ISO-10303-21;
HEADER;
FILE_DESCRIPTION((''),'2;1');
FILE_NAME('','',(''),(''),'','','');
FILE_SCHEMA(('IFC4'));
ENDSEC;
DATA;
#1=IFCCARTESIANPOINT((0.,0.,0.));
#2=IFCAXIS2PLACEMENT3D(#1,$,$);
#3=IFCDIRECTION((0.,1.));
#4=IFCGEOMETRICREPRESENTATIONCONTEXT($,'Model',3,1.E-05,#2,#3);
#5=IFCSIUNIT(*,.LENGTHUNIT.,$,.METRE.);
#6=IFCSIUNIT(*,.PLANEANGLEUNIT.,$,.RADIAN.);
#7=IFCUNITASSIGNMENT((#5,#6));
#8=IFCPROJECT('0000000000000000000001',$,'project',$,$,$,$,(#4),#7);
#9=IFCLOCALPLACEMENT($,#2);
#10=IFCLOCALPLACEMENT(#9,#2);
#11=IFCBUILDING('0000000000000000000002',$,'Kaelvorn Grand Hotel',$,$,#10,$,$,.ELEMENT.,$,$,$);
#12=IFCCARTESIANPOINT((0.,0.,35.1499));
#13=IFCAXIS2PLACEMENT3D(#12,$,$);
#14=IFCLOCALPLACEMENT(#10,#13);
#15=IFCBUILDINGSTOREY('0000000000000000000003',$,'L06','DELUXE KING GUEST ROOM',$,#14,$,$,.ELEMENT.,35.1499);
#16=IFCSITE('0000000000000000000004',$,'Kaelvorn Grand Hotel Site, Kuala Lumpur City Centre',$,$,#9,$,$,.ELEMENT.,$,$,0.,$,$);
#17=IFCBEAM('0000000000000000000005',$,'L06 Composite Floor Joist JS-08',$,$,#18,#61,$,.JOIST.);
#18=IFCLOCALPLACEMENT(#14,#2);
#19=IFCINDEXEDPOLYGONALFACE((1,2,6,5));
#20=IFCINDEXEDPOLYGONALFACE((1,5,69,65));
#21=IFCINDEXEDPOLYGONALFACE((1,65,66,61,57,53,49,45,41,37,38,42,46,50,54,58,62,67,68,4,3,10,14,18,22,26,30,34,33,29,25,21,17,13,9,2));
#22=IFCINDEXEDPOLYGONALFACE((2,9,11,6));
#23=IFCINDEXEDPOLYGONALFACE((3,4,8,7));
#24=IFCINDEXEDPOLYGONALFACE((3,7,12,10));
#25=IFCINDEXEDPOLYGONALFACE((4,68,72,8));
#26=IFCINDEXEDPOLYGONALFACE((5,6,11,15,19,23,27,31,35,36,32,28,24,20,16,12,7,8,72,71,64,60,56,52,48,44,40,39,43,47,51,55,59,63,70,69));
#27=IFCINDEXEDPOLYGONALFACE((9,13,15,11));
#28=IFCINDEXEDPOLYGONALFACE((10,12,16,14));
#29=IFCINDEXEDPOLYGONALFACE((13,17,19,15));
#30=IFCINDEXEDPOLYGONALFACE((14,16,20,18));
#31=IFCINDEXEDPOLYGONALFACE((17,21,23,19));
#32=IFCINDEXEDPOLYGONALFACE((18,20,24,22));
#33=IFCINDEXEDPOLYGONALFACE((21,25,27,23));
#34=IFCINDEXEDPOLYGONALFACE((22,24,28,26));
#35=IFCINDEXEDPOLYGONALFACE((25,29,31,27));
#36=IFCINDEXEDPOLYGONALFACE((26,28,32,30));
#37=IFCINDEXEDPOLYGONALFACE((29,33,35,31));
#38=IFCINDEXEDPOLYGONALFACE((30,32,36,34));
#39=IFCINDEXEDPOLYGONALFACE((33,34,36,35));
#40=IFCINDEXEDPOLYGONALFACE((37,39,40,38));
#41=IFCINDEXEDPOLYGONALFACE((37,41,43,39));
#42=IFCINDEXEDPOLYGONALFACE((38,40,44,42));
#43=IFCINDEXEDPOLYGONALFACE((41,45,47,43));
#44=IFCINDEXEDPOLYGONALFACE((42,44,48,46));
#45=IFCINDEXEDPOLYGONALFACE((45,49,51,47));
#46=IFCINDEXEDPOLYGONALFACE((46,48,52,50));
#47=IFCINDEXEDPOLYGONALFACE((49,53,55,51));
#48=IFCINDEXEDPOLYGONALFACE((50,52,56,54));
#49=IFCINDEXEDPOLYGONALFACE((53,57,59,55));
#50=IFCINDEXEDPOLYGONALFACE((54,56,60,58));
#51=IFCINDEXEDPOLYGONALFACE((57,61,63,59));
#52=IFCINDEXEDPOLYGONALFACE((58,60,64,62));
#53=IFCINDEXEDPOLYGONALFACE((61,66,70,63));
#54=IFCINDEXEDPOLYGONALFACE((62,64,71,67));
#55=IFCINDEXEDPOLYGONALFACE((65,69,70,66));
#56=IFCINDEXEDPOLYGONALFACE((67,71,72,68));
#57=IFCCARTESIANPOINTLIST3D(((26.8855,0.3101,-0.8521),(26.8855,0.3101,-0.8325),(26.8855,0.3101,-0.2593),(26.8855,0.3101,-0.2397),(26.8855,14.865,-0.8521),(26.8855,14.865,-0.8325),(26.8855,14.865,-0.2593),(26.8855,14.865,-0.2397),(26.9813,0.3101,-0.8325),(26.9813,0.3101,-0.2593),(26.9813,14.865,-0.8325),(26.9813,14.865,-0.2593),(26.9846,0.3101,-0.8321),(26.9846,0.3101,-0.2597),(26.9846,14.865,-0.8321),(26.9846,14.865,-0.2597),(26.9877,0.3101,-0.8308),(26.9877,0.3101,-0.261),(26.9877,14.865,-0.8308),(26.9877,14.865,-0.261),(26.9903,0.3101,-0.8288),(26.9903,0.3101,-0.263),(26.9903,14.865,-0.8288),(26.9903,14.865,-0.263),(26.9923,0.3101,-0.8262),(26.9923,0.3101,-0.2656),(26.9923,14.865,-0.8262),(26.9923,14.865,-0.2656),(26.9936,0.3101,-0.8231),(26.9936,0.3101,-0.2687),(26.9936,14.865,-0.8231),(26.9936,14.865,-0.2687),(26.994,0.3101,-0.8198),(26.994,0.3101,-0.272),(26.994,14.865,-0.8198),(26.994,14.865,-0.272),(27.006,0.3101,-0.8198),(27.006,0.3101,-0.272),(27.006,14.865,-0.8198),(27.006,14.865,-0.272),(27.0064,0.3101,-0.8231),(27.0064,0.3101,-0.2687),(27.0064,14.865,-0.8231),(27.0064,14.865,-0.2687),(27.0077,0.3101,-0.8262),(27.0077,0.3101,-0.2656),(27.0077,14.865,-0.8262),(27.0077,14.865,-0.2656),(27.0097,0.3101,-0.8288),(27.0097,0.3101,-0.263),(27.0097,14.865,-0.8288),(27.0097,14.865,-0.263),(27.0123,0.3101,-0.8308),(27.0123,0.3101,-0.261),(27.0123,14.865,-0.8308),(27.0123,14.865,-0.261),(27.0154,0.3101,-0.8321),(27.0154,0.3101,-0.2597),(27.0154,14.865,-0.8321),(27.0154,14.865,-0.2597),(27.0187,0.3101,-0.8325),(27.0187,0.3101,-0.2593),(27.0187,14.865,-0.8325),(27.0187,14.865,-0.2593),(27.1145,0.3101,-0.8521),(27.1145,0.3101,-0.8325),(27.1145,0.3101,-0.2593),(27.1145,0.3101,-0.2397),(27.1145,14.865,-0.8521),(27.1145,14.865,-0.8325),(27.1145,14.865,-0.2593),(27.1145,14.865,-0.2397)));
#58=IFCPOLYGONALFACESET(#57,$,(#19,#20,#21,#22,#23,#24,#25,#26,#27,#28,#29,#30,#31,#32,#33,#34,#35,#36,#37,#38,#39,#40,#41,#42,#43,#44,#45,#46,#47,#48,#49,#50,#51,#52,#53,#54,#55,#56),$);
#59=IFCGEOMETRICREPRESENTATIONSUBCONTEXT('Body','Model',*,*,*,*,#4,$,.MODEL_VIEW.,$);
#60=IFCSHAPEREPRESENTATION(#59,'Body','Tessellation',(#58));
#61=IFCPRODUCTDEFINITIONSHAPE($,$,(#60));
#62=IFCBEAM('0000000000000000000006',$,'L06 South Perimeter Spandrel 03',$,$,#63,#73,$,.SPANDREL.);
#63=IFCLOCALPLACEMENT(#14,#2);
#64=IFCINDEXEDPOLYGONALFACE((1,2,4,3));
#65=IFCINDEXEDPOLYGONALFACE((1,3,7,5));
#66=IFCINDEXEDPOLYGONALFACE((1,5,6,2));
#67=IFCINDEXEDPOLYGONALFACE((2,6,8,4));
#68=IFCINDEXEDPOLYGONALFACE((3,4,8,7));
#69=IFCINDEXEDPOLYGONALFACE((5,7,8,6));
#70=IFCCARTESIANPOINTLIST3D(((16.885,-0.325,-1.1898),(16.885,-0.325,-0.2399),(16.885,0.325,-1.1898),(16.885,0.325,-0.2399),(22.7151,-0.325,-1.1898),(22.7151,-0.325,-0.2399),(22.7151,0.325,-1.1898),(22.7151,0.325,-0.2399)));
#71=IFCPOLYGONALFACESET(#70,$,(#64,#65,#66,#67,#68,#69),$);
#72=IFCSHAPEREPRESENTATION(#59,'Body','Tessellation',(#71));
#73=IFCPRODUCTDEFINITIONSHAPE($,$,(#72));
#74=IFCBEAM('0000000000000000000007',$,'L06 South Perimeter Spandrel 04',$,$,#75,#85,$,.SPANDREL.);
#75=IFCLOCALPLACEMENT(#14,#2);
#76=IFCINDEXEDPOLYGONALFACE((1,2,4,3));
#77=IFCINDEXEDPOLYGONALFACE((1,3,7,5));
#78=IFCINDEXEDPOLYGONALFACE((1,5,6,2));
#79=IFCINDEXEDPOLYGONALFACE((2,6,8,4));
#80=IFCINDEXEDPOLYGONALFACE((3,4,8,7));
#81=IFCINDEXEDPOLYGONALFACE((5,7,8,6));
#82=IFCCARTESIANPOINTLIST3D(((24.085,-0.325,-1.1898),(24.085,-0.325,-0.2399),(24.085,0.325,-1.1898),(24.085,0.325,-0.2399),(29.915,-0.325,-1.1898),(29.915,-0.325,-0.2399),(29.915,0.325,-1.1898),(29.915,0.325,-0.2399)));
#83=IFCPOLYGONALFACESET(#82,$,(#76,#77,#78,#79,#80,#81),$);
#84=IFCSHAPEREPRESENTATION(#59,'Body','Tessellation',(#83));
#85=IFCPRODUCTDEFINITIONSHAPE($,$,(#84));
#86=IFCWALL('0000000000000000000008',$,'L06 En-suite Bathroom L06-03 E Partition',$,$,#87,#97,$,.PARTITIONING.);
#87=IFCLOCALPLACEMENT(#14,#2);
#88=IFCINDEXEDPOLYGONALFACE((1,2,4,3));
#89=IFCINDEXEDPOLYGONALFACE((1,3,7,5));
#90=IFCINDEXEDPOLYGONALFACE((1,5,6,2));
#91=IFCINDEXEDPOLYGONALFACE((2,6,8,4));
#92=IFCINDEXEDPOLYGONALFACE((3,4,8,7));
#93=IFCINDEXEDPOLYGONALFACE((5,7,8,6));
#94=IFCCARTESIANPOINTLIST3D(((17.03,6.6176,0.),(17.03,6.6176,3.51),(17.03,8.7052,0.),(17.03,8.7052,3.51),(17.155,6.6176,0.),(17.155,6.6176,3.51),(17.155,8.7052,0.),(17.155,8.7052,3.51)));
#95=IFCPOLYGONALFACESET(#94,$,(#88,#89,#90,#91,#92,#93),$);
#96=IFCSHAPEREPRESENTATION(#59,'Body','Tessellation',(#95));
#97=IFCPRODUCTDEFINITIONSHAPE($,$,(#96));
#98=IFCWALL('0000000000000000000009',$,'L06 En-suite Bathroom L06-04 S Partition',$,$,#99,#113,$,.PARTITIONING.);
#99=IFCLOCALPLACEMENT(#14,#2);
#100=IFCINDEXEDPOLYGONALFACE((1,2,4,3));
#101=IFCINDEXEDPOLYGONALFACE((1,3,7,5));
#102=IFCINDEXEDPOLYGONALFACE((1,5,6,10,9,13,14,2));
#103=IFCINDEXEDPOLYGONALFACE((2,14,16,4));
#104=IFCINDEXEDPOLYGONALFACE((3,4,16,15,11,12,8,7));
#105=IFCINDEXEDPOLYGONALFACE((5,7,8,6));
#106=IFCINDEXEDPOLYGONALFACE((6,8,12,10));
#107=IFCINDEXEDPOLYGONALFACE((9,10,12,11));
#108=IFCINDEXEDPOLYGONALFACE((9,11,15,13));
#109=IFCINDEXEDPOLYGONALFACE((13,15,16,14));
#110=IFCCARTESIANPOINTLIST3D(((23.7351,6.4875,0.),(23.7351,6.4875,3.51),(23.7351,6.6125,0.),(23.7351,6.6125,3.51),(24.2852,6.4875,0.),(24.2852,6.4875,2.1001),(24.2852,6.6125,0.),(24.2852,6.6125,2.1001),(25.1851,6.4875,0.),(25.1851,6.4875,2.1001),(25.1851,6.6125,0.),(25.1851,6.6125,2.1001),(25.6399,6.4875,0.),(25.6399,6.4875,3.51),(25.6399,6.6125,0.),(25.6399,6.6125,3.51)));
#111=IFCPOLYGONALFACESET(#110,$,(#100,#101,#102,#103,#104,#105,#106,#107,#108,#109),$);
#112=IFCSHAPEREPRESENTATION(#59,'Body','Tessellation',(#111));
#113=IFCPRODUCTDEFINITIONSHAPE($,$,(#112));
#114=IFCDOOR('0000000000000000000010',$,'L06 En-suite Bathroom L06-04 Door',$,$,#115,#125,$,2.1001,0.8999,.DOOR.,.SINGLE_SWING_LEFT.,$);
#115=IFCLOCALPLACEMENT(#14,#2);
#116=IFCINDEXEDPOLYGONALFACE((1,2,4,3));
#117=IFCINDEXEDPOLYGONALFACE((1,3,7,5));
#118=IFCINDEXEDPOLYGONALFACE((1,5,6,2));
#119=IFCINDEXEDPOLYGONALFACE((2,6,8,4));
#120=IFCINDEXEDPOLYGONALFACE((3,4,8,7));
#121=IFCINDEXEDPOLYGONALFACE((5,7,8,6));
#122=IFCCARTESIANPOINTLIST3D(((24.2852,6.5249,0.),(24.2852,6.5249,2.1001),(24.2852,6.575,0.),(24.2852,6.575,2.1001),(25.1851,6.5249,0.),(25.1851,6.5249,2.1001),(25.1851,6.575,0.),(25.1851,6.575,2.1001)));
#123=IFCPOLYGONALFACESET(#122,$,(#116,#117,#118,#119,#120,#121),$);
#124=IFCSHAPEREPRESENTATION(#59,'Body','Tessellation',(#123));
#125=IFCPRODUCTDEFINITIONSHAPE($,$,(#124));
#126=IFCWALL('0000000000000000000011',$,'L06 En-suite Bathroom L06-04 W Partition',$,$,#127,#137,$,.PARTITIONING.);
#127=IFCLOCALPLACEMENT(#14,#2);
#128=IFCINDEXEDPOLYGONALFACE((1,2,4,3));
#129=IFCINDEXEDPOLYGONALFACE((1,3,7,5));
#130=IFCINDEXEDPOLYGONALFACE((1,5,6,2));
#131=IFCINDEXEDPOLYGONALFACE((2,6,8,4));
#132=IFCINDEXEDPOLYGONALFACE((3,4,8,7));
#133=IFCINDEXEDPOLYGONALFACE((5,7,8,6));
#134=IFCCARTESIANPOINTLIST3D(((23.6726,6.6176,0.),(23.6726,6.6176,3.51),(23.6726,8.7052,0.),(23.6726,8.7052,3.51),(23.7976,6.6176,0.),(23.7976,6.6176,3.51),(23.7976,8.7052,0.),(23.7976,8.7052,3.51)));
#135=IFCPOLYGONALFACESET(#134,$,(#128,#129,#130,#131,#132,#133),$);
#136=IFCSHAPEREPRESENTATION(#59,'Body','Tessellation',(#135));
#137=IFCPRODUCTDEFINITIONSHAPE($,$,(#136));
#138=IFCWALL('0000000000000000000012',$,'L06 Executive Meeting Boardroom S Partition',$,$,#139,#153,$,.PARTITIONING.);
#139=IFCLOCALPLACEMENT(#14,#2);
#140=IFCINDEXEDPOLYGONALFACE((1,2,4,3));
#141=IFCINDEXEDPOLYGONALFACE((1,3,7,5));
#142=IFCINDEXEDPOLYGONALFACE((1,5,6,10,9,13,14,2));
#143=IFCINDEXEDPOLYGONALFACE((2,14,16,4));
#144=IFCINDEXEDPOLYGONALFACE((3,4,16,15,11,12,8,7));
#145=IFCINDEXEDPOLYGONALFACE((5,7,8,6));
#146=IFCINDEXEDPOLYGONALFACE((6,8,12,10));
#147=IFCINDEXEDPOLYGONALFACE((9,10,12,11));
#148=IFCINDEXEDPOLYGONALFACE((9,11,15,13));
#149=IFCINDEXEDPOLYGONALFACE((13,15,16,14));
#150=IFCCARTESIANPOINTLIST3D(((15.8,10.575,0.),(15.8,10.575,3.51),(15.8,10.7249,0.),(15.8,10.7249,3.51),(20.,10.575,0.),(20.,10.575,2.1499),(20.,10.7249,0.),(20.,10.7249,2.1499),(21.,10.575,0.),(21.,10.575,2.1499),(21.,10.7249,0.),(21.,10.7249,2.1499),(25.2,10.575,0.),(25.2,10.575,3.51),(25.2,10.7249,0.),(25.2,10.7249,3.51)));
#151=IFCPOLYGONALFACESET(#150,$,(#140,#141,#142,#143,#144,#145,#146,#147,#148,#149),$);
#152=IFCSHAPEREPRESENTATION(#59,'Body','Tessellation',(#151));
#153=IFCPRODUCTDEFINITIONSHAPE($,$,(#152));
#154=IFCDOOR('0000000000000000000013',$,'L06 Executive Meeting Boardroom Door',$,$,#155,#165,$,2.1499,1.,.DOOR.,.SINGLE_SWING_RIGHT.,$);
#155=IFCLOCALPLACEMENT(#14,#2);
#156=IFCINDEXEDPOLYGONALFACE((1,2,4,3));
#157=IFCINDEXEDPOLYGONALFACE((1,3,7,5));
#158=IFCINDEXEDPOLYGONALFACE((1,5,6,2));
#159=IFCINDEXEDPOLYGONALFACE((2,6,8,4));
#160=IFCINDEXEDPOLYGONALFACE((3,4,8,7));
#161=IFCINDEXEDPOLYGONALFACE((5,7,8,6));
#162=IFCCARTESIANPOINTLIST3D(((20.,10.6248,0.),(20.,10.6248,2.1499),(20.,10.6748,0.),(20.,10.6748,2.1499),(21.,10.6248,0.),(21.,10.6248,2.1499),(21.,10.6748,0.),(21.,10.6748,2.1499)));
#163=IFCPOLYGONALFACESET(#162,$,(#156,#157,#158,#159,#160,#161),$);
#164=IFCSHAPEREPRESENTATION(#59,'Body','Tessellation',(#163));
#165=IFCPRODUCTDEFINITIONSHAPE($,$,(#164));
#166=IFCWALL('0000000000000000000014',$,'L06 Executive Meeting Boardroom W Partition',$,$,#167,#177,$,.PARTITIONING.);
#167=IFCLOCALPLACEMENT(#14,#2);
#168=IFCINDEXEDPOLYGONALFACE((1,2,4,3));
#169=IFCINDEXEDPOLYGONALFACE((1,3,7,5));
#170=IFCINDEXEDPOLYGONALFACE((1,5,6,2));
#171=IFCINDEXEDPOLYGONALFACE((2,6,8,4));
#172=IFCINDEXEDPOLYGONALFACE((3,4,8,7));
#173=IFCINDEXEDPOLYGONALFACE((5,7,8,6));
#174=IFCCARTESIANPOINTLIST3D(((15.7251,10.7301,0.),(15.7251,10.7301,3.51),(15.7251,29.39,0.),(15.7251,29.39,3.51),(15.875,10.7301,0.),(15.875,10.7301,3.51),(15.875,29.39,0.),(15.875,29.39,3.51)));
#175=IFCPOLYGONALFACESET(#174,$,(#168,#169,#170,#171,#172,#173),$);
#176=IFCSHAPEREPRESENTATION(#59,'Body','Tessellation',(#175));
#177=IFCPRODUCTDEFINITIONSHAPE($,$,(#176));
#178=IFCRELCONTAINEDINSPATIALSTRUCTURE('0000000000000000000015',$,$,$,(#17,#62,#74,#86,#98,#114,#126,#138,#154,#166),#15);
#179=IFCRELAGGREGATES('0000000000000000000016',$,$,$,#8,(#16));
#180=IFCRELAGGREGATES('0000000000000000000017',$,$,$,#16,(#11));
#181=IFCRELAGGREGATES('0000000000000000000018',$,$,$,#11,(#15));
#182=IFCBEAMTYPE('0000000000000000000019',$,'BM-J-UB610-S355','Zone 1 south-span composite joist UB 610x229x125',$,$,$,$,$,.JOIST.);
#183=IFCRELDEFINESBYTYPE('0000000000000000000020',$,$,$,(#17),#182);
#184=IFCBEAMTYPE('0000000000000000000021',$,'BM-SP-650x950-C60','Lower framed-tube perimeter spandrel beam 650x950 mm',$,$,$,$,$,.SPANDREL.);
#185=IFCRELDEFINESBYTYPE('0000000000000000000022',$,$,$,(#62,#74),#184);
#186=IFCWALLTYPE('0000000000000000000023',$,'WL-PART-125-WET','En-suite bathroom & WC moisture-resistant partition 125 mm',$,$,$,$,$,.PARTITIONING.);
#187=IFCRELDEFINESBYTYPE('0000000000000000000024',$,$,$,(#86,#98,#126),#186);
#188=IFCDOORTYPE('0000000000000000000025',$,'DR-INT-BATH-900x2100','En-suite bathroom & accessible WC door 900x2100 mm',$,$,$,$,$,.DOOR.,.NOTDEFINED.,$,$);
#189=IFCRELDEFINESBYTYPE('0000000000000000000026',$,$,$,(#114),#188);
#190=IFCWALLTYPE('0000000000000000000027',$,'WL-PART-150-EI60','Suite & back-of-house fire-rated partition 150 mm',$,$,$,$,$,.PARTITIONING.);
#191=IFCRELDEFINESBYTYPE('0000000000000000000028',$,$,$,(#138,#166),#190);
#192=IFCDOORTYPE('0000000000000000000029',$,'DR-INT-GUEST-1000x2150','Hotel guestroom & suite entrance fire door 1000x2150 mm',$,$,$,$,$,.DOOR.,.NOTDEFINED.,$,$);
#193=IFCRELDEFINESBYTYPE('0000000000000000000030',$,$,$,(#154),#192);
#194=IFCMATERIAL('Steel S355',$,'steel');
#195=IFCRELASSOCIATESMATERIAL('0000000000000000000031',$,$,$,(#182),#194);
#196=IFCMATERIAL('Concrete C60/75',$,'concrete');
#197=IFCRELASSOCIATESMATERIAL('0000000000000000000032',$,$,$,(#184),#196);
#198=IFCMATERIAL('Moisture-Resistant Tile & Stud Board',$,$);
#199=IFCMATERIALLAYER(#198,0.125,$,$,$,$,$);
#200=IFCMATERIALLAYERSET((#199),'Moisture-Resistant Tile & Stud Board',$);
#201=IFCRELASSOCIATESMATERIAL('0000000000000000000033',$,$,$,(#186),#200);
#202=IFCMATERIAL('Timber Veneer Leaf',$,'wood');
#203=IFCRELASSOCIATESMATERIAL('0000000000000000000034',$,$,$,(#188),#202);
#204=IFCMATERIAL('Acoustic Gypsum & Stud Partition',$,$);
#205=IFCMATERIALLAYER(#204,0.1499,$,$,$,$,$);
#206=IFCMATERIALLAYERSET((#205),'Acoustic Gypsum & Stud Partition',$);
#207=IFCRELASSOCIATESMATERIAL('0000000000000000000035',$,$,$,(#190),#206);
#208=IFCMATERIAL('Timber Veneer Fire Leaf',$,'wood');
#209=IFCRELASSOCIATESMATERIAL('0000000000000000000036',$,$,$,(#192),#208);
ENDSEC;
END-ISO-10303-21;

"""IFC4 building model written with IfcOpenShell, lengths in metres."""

from ifc_helpers import new_model, si_unit, direction, frame, frame_2d, origin, origin_2d, place, context, subcontext, project, spatial, rectangle, i_section, extrude, material, layer, layer_set, material_profile, profile_set, type_object, element, fill, save


model = new_model("IFC4")

# Units and contexts
model_context = context("Model", 3, precision=1e-05, world=origin(), true_north=direction((0.0, 1.0)))
body_context = subcontext(model_context, "Body", "Model", "MODEL_VIEW")
ifc_project = project(units=[si_unit("LENGTHUNIT", "METRE"), si_unit("PLANEANGLEUNIT", "RADIAN")], contexts=[model_context])

# Site, building, storey
site_placement = place(None, origin())
site = spatial("IfcSite", under=ifc_project, at=site_placement, Name="Kaelvorn Grand Hotel Site, Kuala Lumpur City Centre", CompositionType="ELEMENT", RefElevation=0.0)
building_placement = place(site_placement, origin())
building = spatial("IfcBuilding", under=site, at=building_placement, Name="Kaelvorn Grand Hotel", CompositionType="ELEMENT")
storey_placement = place(building_placement, frame((0.0, 0.0, 35.1499)))
storey = spatial("IfcBuildingStorey", under=building, at=storey_placement, Name="L06", Description="DELUXE KING GUEST ROOM", CompositionType="ELEMENT", Elevation=35.1499)

# Beams
ifc_material_1 = material(Name="Steel S355", Category="steel")
ifc_material_profile_1 = material_profile(ifc_material_1, i_section(OverallWidth=0.229, OverallDepth=0.6123, WebThickness=0.012, FlangeThickness=0.0195, FilletRadius=0.0127, at=origin_2d()), Name="UB 610x229x125")
ifc_profile_set_1 = profile_set([ifc_material_profile_1], Name="Steel S355")
beam_type_1 = type_object("IfcBeamType", Name="BM-J-UB610-S355", Description="Zone 1 south-span composite joist UB 610x229x125", PredefinedType="JOIST", material=ifc_profile_set_1)
beam_1_placement = place(storey_placement, frame((27.0, 0.3101, -0.5459), z_axis=(0.0, 1.0, 0.0), x_axis=(-1.0, 0.0, 0.0)))
element("IfcBeam", 1, at=beam_1_placement, inside=storey, type_object=beam_type_1, Name="L06 Composite Floor Joist JS-08", PredefinedType="JOIST", context=body_context, shape_type="SweptSolid", body=[
    extrude(i_section(OverallWidth=0.229, OverallDepth=0.6123, WebThickness=0.012, FlangeThickness=0.0195, FilletRadius=0.0127, at=origin_2d()), origin(), (0.0, 0.0, 1.0), 14.5549),
])
ifc_material_2 = material(Name="Concrete C60/75", Category="concrete")
ifc_material_profile_2 = material_profile(ifc_material_2, rectangle(XDim=0.6499, YDim=0.95, at=origin_2d()), Name="RC SPANDREL 650x950")
ifc_profile_set_2 = profile_set([ifc_material_profile_2], Name="Concrete C60/75")
beam_type_2 = type_object("IfcBeamType", Name="BM-SP-650x950-C60", Description="Lower framed-tube perimeter spandrel beam 650x950 mm", PredefinedType="SPANDREL", material=ifc_profile_set_2)
for number, where, z_axis, x_axis, name in (
    (2, (16.885, 0.0, -0.7148), (1.0, 0.0, 0.0), (0.0, 1.0, 0.0), "L06 South Perimeter Spandrel 03"),
    (3, (24.085, 0.0, -0.7148), (1.0, 0.0, 0.0), (0.0, 1.0, 0.0), "L06 South Perimeter Spandrel 04"),
):
    element("IfcBeam", number, at=place(storey_placement, frame(where, z_axis=z_axis, x_axis=x_axis)), inside=storey, type_object=beam_type_2, Name=name, PredefinedType="SPANDREL", context=body_context, shape_type="SweptSolid", body=[
        extrude(rectangle(XDim=0.6499, YDim=0.95, at=origin_2d()), origin(), (0.0, 0.0, 1.0), 5.8301),
    ])

# Wall
ifc_material_3 = material(Name="Moisture-Resistant Tile & Stud Board")
ifc_layer_1 = layer(ifc_material_3, 0.125)
ifc_layer_set_1 = layer_set([ifc_layer_1], Name="Moisture-Resistant Tile & Stud Board")
wall_type_1 = type_object("IfcWallType", Name="WL-PART-125-WET", Description="En-suite bathroom & WC moisture-resistant partition 125 mm", PredefinedType="PARTITIONING", material=ifc_layer_set_1)
wall_1_placement = place(storey_placement, frame((17.0925, 6.6174, 0.0), z_axis=(0.0, 0.0, 1.0), x_axis=(0.0, 1.0, 0.0)))
element("IfcWall", 4, at=wall_1_placement, inside=storey, type_object=wall_type_1, Name="L06 En-suite Bathroom L06-03 E Partition", PredefinedType="PARTITIONING", context=body_context, shape_type="SweptSolid", body=[
    extrude(rectangle(XDim=2.0876, YDim=0.125, at=frame_2d((1.0439, 0.0))), origin(), (0.0, 0.0, 1.0), 3.51),
])

# Wall, opening, door
wall_2_placement = place(storey_placement, frame((23.7351, 6.55, 0.0), z_axis=(0.0, 0.0, 1.0), x_axis=(1.0, 0.0, 0.0)))
wall_2 = element("IfcWall", 5, at=wall_2_placement, inside=storey, type_object=wall_type_1, Name="L06 En-suite Bathroom L06-04 S Partition", PredefinedType="PARTITIONING", context=body_context, shape_type="SweptSolid", body=[
    extrude(rectangle(XDim=1.9048, YDim=0.125, at=frame_2d((0.9524, 0.0))), origin(), (0.0, 0.0, 1.0), 3.51),
])
opening_1_placement = place(wall_2_placement, frame((0.55, 0.0, 0.0)))
opening_1 = element("IfcOpeningElement", 6, at=opening_1_placement, cuts=wall_2, PredefinedType="OPENING", context=body_context, shape_type="SweptSolid", body=[
    extrude(rectangle(XDim=0.8999, YDim=2.1001, at=frame_2d((0.45, 1.05))), frame((0.0, 0.0725, 0.0), z_axis=(0.0, -1.0, 0.0), x_axis=(1.0, 0.0, 0.0)), (0.0, 0.0, 1.0), 0.145),
])
ifc_material_4 = material(Name="Timber Veneer Leaf", Category="wood")
door_type_1 = type_object("IfcDoorType", Name="DR-INT-BATH-900x2100", Description="En-suite bathroom & accessible WC door 900x2100 mm", OperationType="NOTDEFINED", PredefinedType="DOOR", material=ifc_material_4)
door_1_placement = place(opening_1_placement, origin())
door_1 = element("IfcDoor", 7, at=door_1_placement, inside=storey, type_object=door_type_1, Name="L06 En-suite Bathroom L06-04 Door", OperationType="SINGLE_SWING_LEFT", OverallHeight=2.1001, OverallWidth=0.8999, PredefinedType="DOOR", context=body_context, shape_type="SweptSolid", body=[
    extrude(rectangle(XDim=0.8999, YDim=2.1001, at=frame_2d((0.45, 1.05))), frame((0.0, 0.0249, 0.0), z_axis=(0.0, -1.0, 0.0), x_axis=(1.0, 0.0, 0.0)), (0.0, 0.0, 1.0), 0.05),
])
fill(opening_1, door_1)

# Wall
wall_3_placement = place(storey_placement, frame((23.7351, 6.6174, 0.0), z_axis=(0.0, 0.0, 1.0), x_axis=(0.0, 1.0, 0.0)))
element("IfcWall", 8, at=wall_3_placement, inside=storey, type_object=wall_type_1, Name="L06 En-suite Bathroom L06-04 W Partition", PredefinedType="PARTITIONING", context=body_context, shape_type="SweptSolid", body=[
    extrude(rectangle(XDim=2.0876, YDim=0.125, at=frame_2d((1.0439, 0.0))), origin(), (0.0, 0.0, 1.0), 3.51),
])

# Wall, opening, door
ifc_material_5 = material(Name="Acoustic Gypsum & Stud Partition")
ifc_layer_2 = layer(ifc_material_5, 0.1499)
ifc_layer_set_2 = layer_set([ifc_layer_2], Name="Acoustic Gypsum & Stud Partition")
wall_type_2 = type_object("IfcWallType", Name="WL-PART-150-EI60", Description="Suite & back-of-house fire-rated partition 150 mm", PredefinedType="PARTITIONING", material=ifc_layer_set_2)
wall_4_placement = place(storey_placement, frame((15.8, 10.6499, 0.0), z_axis=(0.0, 0.0, 1.0), x_axis=(1.0, 0.0, 0.0)))
wall_4 = element("IfcWall", 9, at=wall_4_placement, inside=storey, type_object=wall_type_2, Name="L06 Executive Meeting Boardroom S Partition", PredefinedType="PARTITIONING", context=body_context, shape_type="SweptSolid", body=[
    extrude(rectangle(XDim=9.3999, YDim=0.1499, at=frame_2d((4.7, 0.0))), origin(), (0.0, 0.0, 1.0), 3.51),
])
opening_2_placement = place(wall_4_placement, frame((4.2, 0.0, 0.0)))
opening_2 = element("IfcOpeningElement", 10, at=opening_2_placement, cuts=wall_4, PredefinedType="OPENING", context=body_context, shape_type="SweptSolid", body=[
    extrude(rectangle(XDim=1.0, YDim=2.1499, at=frame_2d((0.5, 1.075))), frame((0.0, 0.085, 0.0), z_axis=(0.0, -1.0, 0.0), x_axis=(1.0, 0.0, 0.0)), (0.0, 0.0, 1.0), 0.1699),
])
ifc_material_6 = material(Name="Timber Veneer Fire Leaf", Category="wood")
door_type_2 = type_object("IfcDoorType", Name="DR-INT-GUEST-1000x2150", Description="Hotel guestroom & suite entrance fire door 1000x2150 mm", OperationType="NOTDEFINED", PredefinedType="DOOR", material=ifc_material_6)
door_2_placement = place(opening_2_placement, origin())
door_2 = element("IfcDoor", 11, at=door_2_placement, inside=storey, type_object=door_type_2, Name="L06 Executive Meeting Boardroom Door", OperationType="SINGLE_SWING_RIGHT", OverallHeight=2.1499, OverallWidth=1.0, PredefinedType="DOOR", context=body_context, shape_type="SweptSolid", body=[
    extrude(rectangle(XDim=1.0, YDim=2.1499, at=frame_2d((0.5, 1.075))), frame((0.0, 0.0249, 0.0), z_axis=(0.0, -1.0, 0.0), x_axis=(1.0, 0.0, 0.0)), (0.0, 0.0, 1.0), 0.05),
])
fill(opening_2, door_2)

# Wall
wall_5_placement = place(storey_placement, frame((15.8, 10.73, 0.0), z_axis=(0.0, 0.0, 1.0), x_axis=(0.0, 1.0, 0.0)))
element("IfcWall", 12, at=wall_5_placement, inside=storey, type_object=wall_type_2, Name="L06 Executive Meeting Boardroom W Partition", PredefinedType="PARTITIONING", context=body_context, shape_type="SweptSolid", body=[
    extrude(rectangle(XDim=18.6599, YDim=0.1499, at=frame_2d((9.3301, 0.0))), origin(), (0.0, 0.0, 1.0), 3.51),
])

save(model, "model.ifc")
